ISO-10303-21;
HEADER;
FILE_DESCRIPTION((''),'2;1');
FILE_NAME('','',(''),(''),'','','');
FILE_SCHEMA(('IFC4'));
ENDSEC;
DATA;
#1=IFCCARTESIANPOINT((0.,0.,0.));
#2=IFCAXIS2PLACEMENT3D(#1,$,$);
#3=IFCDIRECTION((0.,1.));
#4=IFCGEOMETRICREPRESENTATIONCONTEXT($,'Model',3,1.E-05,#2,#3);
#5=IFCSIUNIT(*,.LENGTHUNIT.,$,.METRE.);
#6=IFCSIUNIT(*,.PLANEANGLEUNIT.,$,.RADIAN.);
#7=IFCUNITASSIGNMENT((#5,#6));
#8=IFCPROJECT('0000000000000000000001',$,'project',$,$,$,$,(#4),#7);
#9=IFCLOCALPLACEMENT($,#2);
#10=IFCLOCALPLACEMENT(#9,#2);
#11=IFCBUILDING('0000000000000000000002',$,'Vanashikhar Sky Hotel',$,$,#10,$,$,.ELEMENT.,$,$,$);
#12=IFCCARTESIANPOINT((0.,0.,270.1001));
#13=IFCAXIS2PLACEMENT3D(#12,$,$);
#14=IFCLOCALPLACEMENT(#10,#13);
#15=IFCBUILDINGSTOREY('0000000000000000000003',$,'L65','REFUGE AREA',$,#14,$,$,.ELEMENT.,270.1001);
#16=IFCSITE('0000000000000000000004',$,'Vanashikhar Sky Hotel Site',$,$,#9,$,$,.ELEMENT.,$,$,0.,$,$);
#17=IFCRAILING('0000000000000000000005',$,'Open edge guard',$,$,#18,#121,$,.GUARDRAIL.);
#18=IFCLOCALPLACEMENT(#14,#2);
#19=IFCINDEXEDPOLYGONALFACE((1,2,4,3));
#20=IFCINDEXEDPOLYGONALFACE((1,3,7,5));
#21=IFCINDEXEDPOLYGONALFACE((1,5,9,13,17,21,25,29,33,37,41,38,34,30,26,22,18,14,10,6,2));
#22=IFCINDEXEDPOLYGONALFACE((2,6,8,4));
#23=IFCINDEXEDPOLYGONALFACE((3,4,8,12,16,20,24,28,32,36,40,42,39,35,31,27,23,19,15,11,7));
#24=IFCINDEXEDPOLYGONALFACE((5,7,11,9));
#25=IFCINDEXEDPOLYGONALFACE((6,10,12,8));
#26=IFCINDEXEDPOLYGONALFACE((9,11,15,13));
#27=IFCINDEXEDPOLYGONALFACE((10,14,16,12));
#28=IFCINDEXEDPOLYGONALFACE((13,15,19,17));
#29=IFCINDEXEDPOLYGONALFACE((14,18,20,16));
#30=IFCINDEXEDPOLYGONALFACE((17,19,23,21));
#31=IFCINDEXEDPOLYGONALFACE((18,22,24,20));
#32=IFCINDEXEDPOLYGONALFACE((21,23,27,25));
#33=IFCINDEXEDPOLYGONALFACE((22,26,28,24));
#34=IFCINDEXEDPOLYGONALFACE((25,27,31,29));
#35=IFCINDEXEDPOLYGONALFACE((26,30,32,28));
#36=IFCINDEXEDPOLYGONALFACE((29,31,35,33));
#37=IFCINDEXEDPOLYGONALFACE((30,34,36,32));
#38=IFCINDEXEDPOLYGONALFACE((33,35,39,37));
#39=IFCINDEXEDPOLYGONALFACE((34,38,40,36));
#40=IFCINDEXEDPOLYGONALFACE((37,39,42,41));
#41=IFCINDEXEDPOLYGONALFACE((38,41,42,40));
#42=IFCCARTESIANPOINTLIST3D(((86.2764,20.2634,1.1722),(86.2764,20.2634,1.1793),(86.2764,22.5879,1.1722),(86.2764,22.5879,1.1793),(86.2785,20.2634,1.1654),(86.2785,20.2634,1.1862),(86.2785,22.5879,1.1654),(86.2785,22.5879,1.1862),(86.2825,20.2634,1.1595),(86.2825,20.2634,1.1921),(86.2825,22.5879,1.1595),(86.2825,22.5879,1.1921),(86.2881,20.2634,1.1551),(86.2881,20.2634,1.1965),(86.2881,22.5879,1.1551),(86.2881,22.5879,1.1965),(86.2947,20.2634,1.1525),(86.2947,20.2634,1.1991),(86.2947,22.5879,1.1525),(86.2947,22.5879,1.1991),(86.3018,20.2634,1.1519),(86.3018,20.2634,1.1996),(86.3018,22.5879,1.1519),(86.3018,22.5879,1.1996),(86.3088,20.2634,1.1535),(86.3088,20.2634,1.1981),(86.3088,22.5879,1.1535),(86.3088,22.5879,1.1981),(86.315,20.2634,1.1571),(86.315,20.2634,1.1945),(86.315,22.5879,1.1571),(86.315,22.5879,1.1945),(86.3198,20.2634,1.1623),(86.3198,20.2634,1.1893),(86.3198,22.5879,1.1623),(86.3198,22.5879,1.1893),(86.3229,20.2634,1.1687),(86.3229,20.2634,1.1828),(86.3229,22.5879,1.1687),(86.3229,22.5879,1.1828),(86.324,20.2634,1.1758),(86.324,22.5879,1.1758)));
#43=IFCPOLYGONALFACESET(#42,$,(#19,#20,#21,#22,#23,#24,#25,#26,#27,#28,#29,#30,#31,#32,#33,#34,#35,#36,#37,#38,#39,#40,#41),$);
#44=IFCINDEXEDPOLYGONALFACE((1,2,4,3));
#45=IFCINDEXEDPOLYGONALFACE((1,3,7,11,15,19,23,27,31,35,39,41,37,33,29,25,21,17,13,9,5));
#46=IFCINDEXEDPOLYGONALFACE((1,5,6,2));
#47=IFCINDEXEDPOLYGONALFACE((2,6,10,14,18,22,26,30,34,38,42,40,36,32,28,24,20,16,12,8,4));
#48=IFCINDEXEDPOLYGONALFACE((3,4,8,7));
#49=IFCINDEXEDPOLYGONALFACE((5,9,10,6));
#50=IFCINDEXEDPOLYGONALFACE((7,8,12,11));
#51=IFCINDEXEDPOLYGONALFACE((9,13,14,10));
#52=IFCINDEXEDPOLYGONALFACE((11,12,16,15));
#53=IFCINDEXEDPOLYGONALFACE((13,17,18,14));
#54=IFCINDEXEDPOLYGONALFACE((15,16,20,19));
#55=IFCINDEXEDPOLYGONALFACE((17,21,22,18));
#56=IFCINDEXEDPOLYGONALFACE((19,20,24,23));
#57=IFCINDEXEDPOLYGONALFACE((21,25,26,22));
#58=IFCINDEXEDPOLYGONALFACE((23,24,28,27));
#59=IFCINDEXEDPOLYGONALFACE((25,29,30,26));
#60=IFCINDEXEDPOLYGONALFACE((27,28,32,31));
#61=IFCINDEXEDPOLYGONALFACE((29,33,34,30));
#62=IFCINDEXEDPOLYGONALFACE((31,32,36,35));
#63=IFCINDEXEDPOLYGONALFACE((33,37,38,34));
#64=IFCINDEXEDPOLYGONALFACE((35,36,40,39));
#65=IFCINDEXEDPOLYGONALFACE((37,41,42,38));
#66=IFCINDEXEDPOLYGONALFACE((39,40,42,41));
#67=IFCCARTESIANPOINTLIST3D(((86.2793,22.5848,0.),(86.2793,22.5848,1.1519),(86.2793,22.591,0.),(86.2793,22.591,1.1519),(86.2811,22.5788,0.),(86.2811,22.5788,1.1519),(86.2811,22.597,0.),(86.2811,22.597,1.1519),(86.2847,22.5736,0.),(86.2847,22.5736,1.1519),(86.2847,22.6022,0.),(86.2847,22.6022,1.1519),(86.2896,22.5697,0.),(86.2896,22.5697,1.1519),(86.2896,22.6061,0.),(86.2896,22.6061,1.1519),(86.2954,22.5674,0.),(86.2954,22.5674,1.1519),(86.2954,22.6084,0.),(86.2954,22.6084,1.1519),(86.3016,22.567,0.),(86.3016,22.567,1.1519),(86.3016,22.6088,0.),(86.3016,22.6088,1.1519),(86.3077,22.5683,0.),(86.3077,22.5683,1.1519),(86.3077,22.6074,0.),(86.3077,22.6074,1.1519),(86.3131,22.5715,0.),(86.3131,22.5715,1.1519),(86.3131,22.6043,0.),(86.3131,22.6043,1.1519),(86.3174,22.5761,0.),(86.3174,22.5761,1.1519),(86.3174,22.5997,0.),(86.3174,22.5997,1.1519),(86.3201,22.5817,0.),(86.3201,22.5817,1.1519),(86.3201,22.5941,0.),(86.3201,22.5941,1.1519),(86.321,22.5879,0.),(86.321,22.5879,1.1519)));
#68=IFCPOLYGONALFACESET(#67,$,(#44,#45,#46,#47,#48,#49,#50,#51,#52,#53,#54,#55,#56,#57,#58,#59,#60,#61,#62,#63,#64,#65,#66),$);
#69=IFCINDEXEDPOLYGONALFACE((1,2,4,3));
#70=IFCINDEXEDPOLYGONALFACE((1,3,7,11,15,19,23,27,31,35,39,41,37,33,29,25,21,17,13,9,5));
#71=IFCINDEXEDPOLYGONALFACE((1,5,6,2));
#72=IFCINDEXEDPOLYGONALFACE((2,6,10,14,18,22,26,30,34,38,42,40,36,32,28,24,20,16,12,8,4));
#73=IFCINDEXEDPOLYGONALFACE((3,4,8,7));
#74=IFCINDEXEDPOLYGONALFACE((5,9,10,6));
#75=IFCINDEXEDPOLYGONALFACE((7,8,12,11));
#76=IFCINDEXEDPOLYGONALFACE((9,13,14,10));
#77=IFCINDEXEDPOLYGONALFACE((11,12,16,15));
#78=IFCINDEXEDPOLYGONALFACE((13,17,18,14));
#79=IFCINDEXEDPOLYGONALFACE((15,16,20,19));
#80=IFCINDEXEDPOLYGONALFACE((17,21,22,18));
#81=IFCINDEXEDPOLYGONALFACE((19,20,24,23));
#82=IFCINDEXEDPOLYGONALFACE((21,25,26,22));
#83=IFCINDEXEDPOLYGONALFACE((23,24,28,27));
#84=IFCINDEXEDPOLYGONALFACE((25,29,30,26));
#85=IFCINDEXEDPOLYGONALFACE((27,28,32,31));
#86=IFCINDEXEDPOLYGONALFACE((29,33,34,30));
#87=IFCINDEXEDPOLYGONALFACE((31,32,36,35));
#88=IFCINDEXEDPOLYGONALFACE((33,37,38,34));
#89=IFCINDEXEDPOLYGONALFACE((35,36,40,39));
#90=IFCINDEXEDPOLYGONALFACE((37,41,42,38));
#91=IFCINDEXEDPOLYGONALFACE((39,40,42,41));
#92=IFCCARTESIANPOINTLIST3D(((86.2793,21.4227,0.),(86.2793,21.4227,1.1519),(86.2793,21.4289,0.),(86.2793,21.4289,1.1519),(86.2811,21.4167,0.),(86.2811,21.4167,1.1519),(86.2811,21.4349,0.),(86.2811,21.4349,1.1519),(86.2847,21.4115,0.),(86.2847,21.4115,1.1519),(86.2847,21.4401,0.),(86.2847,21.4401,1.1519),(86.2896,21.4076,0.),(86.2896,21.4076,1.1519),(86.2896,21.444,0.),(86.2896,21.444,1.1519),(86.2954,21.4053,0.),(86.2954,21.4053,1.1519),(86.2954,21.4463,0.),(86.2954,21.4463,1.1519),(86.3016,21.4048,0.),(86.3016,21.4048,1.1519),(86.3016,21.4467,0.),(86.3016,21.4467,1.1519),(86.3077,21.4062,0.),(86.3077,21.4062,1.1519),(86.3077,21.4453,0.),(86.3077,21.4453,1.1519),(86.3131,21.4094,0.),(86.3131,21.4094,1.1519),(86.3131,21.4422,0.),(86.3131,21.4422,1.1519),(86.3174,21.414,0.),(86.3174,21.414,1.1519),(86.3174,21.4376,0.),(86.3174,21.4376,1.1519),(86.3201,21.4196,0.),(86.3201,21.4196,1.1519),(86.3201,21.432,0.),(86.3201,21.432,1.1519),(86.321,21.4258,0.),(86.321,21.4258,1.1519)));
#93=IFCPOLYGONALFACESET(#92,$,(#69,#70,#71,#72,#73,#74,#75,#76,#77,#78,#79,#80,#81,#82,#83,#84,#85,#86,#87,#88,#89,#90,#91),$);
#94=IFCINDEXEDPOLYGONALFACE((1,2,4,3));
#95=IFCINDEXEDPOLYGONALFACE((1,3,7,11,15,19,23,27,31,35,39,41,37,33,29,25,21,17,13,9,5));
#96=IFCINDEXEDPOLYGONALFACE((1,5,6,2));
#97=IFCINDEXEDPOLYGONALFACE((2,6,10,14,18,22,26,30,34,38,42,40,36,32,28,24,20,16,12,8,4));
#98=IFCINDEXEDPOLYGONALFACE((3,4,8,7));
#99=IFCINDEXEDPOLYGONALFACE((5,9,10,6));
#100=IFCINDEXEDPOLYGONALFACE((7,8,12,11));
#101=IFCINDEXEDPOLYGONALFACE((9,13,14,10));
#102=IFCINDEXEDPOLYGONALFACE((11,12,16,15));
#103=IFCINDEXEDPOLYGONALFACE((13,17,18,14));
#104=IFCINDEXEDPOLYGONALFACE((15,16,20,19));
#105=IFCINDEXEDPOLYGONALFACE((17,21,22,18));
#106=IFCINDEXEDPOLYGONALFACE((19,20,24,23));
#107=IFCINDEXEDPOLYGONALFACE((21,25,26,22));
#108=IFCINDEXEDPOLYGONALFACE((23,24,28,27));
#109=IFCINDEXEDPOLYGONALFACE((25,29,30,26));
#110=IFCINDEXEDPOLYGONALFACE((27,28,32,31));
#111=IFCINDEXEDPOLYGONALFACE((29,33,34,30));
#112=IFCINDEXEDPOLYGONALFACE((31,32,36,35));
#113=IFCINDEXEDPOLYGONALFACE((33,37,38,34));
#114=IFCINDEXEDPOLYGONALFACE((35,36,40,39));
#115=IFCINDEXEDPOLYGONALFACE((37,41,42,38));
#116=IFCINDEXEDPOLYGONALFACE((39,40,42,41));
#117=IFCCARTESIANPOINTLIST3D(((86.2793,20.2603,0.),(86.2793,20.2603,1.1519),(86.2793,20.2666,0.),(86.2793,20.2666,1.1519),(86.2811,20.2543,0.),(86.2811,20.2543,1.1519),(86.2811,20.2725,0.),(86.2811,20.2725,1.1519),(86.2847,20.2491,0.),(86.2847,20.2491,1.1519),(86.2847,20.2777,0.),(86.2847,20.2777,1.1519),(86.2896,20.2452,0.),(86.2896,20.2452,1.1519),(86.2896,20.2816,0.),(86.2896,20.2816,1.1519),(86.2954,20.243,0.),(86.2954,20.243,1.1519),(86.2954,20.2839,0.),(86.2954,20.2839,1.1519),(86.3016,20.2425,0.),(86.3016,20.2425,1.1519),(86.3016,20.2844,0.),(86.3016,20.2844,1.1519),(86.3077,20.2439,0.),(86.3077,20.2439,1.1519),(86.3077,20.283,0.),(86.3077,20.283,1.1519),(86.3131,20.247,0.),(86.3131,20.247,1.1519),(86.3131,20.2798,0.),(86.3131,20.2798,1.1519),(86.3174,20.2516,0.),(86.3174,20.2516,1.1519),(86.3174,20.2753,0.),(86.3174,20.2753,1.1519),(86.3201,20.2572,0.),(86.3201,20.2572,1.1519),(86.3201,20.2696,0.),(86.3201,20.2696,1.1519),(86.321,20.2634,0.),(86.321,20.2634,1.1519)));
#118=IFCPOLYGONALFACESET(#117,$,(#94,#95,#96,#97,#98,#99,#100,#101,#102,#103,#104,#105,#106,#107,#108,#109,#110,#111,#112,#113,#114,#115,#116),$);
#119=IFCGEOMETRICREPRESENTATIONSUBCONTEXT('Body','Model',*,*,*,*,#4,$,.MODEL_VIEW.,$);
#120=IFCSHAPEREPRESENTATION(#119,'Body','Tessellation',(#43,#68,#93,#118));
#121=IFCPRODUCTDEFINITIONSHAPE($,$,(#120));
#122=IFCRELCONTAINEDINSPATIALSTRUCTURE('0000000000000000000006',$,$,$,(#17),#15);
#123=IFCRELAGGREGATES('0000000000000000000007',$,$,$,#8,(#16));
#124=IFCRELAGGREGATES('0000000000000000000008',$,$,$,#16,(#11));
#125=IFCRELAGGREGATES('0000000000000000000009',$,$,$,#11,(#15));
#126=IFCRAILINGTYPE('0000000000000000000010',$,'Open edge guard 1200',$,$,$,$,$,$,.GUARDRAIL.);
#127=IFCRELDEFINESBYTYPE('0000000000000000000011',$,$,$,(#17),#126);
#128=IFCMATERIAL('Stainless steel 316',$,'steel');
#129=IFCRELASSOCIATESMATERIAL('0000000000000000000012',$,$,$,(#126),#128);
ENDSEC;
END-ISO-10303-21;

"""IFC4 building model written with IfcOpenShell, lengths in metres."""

from ifc_helpers import new_model, si_unit, direction, frame, origin, origin_2d, place, context, subcontext, project, spatial, circle, extrude, source, transform, mapped, material, type_object, element, save


model = new_model("IFC4")

# Units and contexts
model_context = context("Model", 3, precision=1e-05, world=origin(), true_north=direction((0.0, 1.0)))
body_context = subcontext(model_context, "Body", "Model", "MODEL_VIEW")
ifc_project = project(units=[si_unit("LENGTHUNIT", "METRE"), si_unit("PLANEANGLEUNIT", "RADIAN")], contexts=[model_context])

# Site, building, storey
site_placement = place(None, origin())
site = spatial("IfcSite", under=ifc_project, at=site_placement, Name="Vanashikhar Sky Hotel Site", CompositionType="ELEMENT", RefElevation=0.0)
building_placement = place(site_placement, origin())
building = spatial("IfcBuilding", under=site, at=building_placement, Name="Vanashikhar Sky Hotel", CompositionType="ELEMENT")
storey_placement = place(building_placement, frame((0.0, 0.0, 270.1001)))
storey = spatial("IfcBuildingStorey", under=building, at=storey_placement, Name="L65", Description="REFUGE AREA", CompositionType="ELEMENT", Elevation=270.1001)

# Railing
ifc_material_1 = material(Name="Stainless steel 316", Category="steel")
railing_type = type_object("IfcRailingType", Name="Open edge guard 1200", PredefinedType="GUARDRAIL", material=ifc_material_1)
shared_shape_1 = source(origin(), body_context, "Body", "SweptSolid", [
    extrude(circle(Radius=0.0239, at=origin_2d()), frame((0.0, 0.0, 1.1758), z_axis=(0.0, -1.0, 0.0), x_axis=(1.0, 0.0, 0.0)), (0.0, 0.0, 1.0), 2.3245),
    extrude(circle(Radius=0.021, at=origin_2d()), origin(), (0.0, 0.0, 1.0), 1.1519),
    extrude(circle(Radius=0.021, at=origin_2d()), frame((0.0, -1.1621, 0.0)), (0.0, 0.0, 1.0), 1.1519),
    extrude(circle(Radius=0.021, at=origin_2d()), frame((0.0, -2.3245, 0.0)), (0.0, 0.0, 1.0), 1.1519),
])
for number, where, name in (
    (1, (86.3, 22.5879, 0.0), "Open edge guard"),
):
    element("IfcRailing", number, at=place(storey_placement, frame(where)), inside=storey, type_object=railing_type, Name=name, PredefinedType="GUARDRAIL", context=body_context, shape_type="MappedRepresentation", body=[
        mapped(shared_shape_1, transform((0.0, 0.0, 0.0), scale=1.0)),
    ])

save(model, "model.ifc")
